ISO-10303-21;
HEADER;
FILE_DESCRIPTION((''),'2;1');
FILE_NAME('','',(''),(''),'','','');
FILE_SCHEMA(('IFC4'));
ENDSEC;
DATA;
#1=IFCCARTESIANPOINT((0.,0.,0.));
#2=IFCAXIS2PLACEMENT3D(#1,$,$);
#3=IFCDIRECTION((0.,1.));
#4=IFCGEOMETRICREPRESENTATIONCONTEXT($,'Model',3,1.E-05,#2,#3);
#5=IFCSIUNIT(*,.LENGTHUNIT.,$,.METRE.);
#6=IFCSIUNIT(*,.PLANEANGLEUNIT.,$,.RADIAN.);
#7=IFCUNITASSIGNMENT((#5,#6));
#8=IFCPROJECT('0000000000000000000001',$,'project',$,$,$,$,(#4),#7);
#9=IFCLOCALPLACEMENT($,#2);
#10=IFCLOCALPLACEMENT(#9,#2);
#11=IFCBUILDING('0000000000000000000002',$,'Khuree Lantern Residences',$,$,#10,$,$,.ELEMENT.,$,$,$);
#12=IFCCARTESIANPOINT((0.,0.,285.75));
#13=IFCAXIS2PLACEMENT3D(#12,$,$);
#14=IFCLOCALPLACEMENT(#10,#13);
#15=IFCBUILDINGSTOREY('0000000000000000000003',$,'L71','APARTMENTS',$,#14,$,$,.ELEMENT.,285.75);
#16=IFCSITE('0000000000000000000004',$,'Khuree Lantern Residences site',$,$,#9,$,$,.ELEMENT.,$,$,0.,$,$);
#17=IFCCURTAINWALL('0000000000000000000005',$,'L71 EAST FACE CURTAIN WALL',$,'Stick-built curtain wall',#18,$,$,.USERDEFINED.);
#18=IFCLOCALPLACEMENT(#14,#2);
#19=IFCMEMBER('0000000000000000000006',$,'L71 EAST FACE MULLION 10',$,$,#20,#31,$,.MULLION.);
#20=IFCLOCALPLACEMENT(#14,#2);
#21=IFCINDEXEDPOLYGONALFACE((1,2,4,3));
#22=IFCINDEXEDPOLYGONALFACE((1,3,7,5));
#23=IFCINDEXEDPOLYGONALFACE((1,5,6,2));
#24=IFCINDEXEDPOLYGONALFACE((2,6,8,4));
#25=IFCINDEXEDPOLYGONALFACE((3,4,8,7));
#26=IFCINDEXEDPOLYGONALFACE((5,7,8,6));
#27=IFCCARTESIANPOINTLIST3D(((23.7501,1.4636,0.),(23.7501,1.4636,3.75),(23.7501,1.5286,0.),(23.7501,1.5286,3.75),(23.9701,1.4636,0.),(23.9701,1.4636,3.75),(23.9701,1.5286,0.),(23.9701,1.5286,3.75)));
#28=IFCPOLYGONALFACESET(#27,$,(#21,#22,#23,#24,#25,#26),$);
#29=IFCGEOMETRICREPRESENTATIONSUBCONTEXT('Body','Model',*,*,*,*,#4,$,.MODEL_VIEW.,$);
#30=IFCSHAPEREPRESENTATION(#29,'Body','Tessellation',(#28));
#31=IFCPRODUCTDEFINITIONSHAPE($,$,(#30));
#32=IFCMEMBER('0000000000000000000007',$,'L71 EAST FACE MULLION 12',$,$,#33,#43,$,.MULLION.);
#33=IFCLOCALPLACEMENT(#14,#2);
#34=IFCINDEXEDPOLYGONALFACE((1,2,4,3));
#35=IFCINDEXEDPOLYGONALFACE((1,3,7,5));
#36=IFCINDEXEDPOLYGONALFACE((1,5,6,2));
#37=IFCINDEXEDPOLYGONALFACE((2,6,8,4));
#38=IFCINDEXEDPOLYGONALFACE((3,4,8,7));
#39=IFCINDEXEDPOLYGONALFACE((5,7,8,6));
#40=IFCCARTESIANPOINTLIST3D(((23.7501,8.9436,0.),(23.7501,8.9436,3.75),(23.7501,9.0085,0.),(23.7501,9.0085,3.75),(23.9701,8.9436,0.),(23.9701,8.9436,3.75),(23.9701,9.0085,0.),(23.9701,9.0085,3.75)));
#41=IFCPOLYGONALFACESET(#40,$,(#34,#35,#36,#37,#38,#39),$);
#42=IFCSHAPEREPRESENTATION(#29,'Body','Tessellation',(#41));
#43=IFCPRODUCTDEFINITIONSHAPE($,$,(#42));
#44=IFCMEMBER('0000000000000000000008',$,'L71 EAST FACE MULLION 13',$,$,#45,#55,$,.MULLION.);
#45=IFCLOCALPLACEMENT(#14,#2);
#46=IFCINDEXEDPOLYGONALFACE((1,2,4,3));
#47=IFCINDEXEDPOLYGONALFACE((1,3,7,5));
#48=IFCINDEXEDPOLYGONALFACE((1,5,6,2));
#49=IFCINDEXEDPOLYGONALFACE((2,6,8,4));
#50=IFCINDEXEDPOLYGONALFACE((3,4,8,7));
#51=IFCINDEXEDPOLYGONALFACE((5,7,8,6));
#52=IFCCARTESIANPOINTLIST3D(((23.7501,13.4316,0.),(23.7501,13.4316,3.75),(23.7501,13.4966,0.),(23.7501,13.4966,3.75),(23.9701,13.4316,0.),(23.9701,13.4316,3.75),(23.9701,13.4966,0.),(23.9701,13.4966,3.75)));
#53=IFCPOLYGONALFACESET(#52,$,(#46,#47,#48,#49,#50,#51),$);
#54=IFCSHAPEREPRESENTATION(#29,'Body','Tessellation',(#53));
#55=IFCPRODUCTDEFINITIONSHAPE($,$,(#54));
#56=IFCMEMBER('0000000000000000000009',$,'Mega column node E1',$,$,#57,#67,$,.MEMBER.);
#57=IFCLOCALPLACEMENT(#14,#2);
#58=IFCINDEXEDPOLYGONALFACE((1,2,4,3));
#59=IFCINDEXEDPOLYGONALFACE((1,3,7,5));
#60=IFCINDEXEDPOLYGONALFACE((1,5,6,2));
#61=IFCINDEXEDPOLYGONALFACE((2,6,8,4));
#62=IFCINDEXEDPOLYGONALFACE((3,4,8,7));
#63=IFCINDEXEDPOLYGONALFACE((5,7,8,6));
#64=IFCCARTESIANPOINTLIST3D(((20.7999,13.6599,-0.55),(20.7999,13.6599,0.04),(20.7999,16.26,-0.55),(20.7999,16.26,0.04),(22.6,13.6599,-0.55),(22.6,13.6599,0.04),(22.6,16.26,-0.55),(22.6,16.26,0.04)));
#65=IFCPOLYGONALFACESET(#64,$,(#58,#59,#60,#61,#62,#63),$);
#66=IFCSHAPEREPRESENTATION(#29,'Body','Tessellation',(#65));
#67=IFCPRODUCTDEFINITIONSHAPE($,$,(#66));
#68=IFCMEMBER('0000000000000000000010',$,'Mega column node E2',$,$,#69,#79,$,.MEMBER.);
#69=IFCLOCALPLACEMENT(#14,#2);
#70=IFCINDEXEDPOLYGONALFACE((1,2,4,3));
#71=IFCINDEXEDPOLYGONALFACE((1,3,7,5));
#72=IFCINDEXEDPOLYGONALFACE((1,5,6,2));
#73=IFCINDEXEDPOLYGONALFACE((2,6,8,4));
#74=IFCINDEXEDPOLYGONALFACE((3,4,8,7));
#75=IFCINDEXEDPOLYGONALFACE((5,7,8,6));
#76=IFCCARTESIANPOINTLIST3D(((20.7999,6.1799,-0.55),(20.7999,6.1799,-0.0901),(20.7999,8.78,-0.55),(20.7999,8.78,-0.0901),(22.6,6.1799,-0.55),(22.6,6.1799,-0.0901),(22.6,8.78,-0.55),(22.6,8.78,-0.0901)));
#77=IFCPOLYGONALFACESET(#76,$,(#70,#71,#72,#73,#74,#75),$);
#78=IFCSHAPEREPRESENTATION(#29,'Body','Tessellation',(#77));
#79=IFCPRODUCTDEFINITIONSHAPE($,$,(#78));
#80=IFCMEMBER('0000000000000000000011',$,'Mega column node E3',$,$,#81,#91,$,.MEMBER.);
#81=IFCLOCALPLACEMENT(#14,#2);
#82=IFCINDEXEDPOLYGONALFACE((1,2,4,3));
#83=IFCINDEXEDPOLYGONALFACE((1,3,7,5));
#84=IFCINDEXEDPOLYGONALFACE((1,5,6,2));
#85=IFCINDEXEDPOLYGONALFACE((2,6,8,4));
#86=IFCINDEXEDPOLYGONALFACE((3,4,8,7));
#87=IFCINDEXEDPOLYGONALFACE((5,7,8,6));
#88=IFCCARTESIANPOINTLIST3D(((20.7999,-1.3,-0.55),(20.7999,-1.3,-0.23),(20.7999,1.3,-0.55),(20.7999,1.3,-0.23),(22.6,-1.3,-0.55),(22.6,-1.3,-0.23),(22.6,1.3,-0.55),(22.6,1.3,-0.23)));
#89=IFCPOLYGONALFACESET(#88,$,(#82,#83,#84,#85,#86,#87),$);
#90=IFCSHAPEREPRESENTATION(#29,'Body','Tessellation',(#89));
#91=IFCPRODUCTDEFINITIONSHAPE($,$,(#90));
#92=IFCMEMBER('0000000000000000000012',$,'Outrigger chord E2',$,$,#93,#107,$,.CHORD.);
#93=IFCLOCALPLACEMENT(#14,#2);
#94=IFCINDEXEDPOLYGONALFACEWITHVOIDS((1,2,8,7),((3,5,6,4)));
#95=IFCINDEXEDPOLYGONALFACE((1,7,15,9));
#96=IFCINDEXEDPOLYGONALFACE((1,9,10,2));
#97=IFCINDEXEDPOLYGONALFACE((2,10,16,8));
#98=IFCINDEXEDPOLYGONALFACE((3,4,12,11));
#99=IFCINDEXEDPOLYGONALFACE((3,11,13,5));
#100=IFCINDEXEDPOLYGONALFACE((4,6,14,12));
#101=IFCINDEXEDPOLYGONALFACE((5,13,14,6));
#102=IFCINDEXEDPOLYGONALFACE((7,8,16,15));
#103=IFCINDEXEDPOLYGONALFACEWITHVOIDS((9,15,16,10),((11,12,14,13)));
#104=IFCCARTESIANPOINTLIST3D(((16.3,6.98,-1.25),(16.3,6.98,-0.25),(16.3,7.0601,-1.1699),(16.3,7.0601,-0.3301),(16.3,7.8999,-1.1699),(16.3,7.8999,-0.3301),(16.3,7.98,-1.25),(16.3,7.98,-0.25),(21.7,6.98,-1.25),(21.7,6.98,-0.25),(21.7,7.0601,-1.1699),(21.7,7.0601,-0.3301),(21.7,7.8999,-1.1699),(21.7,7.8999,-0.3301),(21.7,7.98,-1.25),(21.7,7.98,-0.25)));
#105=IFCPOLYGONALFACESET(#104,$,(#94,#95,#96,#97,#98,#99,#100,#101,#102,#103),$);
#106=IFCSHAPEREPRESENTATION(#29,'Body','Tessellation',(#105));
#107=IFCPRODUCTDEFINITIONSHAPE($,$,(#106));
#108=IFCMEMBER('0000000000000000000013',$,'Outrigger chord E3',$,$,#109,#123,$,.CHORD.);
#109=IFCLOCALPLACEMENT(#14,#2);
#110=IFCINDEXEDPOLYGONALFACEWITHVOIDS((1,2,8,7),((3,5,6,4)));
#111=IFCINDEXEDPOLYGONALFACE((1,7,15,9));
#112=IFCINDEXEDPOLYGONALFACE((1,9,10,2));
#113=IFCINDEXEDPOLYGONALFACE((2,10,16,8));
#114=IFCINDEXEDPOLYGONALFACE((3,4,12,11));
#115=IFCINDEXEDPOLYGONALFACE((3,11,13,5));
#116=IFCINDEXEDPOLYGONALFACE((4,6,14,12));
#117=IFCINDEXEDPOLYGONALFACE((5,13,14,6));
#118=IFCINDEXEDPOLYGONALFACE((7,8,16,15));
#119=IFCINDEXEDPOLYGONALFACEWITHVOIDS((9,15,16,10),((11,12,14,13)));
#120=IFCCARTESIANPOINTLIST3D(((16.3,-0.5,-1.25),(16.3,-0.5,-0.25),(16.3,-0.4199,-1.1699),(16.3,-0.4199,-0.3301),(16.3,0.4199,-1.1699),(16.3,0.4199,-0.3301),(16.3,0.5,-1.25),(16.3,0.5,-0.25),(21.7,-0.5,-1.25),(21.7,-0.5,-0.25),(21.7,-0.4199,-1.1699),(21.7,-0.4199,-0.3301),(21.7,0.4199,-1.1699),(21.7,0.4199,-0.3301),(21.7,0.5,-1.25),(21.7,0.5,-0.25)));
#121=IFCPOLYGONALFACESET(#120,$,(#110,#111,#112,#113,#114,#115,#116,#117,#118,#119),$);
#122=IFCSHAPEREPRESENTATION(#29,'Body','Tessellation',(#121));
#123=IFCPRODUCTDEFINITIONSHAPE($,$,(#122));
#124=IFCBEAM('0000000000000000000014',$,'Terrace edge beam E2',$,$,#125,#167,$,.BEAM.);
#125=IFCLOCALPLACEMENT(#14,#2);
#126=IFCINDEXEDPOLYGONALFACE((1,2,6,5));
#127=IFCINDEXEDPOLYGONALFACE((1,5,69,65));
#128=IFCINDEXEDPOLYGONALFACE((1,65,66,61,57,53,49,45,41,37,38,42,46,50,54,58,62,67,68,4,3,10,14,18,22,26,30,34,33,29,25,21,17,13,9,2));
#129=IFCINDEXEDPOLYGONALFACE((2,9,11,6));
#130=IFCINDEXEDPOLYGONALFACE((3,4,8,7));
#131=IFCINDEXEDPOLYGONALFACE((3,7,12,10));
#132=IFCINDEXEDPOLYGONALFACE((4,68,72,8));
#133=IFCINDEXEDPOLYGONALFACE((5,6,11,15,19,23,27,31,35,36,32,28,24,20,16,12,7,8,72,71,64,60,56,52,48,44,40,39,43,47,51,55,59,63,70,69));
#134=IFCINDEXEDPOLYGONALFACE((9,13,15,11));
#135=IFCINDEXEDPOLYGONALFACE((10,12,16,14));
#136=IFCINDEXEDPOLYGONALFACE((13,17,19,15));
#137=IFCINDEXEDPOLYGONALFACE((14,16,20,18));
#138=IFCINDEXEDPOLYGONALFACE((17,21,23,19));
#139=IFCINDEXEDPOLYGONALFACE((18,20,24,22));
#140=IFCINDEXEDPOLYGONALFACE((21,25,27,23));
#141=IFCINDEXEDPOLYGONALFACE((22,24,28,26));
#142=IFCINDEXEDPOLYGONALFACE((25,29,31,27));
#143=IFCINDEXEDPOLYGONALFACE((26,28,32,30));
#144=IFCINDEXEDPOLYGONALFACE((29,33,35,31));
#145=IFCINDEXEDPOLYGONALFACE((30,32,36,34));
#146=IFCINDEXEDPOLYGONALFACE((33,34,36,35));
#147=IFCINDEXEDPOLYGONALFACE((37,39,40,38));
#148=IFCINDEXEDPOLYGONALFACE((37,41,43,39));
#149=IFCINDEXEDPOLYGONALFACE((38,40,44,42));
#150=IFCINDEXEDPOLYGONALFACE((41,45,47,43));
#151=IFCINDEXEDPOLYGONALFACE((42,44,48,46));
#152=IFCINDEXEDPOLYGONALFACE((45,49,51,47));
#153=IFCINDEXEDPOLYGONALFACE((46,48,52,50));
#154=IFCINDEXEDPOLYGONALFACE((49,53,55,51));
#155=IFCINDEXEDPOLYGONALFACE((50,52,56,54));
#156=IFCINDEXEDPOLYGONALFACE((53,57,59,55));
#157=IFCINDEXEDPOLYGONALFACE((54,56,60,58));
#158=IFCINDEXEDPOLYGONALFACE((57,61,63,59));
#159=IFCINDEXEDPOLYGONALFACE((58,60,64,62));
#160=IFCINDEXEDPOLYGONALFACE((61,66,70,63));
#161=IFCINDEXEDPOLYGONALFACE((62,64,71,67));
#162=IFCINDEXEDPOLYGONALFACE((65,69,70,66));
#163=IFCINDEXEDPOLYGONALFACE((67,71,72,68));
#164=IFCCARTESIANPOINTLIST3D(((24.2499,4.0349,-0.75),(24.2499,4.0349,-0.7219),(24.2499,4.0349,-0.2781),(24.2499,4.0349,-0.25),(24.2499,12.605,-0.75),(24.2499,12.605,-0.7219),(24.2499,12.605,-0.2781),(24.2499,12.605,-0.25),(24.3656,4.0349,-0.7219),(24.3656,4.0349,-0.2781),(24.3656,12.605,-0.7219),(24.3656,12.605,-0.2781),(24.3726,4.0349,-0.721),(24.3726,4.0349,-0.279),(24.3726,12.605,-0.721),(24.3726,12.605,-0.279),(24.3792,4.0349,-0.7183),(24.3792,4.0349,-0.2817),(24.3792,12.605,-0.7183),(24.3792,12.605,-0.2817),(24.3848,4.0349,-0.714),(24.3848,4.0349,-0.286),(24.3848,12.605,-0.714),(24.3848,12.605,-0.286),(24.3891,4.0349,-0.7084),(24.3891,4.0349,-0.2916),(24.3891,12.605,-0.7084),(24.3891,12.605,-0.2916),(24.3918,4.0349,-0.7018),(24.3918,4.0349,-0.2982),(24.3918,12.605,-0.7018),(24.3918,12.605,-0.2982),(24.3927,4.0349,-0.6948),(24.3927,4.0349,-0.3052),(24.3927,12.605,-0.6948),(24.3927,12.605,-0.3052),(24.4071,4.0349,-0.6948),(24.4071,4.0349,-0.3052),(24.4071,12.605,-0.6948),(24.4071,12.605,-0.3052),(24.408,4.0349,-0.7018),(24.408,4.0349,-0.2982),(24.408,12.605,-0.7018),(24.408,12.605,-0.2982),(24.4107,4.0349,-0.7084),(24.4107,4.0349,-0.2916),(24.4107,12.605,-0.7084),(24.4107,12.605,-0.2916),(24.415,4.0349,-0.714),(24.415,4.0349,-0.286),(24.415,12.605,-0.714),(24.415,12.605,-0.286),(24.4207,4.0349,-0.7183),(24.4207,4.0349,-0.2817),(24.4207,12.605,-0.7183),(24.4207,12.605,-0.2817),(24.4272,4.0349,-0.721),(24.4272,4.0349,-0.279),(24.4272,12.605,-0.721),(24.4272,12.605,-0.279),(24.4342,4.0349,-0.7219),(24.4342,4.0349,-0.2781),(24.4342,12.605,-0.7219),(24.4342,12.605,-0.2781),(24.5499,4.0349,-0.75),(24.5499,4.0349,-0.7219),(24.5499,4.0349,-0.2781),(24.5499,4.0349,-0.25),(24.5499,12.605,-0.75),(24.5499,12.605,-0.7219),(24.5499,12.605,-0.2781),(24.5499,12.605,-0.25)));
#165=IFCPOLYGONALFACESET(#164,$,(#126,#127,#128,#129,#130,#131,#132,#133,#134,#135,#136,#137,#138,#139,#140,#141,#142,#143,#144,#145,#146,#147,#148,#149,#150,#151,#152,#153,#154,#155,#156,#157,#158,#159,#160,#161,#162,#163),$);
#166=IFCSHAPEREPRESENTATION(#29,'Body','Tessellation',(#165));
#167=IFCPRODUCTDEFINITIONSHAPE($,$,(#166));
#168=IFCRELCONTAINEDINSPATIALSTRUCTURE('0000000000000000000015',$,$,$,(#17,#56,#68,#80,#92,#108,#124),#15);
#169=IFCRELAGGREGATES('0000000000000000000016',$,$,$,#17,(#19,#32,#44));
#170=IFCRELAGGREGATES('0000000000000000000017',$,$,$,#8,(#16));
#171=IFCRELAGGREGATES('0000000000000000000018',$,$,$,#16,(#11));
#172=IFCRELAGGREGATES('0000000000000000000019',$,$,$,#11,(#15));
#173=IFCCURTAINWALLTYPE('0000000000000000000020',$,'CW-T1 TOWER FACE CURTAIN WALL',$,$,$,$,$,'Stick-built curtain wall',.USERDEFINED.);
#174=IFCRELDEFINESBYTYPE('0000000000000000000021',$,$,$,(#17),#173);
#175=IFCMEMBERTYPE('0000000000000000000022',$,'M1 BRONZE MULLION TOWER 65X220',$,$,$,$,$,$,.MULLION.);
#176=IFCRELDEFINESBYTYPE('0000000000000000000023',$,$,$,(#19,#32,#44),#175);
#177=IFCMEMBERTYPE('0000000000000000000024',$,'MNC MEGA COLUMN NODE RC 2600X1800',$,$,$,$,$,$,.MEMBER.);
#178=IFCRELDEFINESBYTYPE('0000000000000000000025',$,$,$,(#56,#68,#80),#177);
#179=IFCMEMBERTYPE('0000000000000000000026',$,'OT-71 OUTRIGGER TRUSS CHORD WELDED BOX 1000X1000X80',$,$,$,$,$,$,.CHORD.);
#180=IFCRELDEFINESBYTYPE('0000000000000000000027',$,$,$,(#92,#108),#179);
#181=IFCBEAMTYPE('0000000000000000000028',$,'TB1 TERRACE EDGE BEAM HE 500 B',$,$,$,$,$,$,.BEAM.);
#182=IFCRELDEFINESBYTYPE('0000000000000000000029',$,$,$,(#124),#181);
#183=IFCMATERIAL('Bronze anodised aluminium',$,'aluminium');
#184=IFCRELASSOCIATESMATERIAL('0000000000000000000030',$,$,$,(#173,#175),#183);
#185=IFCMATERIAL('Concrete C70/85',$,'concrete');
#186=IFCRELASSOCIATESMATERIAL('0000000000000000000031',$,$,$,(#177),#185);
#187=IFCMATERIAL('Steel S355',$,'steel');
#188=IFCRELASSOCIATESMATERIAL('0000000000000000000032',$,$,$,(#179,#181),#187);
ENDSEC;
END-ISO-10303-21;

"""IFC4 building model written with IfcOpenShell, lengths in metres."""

from ifc_helpers import new_model, si_unit, direction, frame, origin, origin_2d, place, context, subcontext, project, spatial, rectangle, hollow_rectangle, i_section, extrude, material, material_profile, profile_set, type_object, element, aggregate, save


model = new_model("IFC4")

# Units and contexts
model_context = context("Model", 3, precision=1e-05, world=origin(), true_north=direction((0.0, 1.0)))
body_context = subcontext(model_context, "Body", "Model", "MODEL_VIEW")
ifc_project = project(units=[si_unit("LENGTHUNIT", "METRE"), si_unit("PLANEANGLEUNIT", "RADIAN")], contexts=[model_context])

# Site, building, storey
site_placement = place(None, origin())
site = spatial("IfcSite", under=ifc_project, at=site_placement, Name="Khuree Lantern Residences site", CompositionType="ELEMENT", RefElevation=0.0)
building_placement = place(site_placement, origin())
building = spatial("IfcBuilding", under=site, at=building_placement, Name="Khuree Lantern Residences", CompositionType="ELEMENT")
storey_placement = place(building_placement, frame((0.0, 0.0, 285.75)))
storey = spatial("IfcBuildingStorey", under=building, at=storey_placement, Name="L71", Description="APARTMENTS", CompositionType="ELEMENT", Elevation=285.75)

# Shared definitions
ifc_material_1 = material(Name="Concrete C70/85", Category="concrete")

# Shared definitions
ifc_material_2 = material(Name="Steel S355", Category="steel")

# Curtain wall, members
ifc_material_3 = material(Name="Bronze anodised aluminium", Category="aluminium")
curtain_wall_type = type_object("IfcCurtainWallType", Name="CW-T1 TOWER FACE CURTAIN WALL", ElementType="Stick-built curtain wall", PredefinedType="USERDEFINED", material=ifc_material_3)
curtain_wall_placement = place(storey_placement, origin())
curtain_wall = element("IfcCurtainWall", 1, at=curtain_wall_placement, inside=storey, type_object=curtain_wall_type, Name="L71 EAST FACE CURTAIN WALL", ObjectType="Stick-built curtain wall", PredefinedType="USERDEFINED")
ifc_material_profile_1 = material_profile(ifc_material_3, rectangle(XDim=0.0649, YDim=0.22, at=origin_2d()), Name="M1 65X220")
ifc_profile_set_1 = profile_set([ifc_material_profile_1], Name="Bronze anodised aluminium")
member_type_1 = type_object("IfcMemberType", Name="M1 BRONZE MULLION TOWER 65X220", PredefinedType="MULLION", material=ifc_profile_set_1)
member_1_placement = place(storey_placement, frame((23.8601, 1.4961, 0.0), z_axis=(0.0, 0.0, 1.0), x_axis=(0.0, 1.0, 0.0)))
member_1 = element("IfcMember", 2, at=member_1_placement, type_object=member_type_1, Name="L71 EAST FACE MULLION 10", PredefinedType="MULLION", context=body_context, shape_type="SweptSolid", body=[
    extrude(rectangle(XDim=0.0649, YDim=0.22, at=origin_2d()), origin(), (0.0, 0.0, 1.0), 3.75),
])
member_2_placement = place(storey_placement, frame((23.8601, 8.9761, 0.0), z_axis=(0.0, 0.0, 1.0), x_axis=(0.0, 1.0, 0.0)))
member_2 = element("IfcMember", 3, at=member_2_placement, type_object=member_type_1, Name="L71 EAST FACE MULLION 12", PredefinedType="MULLION", context=body_context, shape_type="SweptSolid", body=[
    extrude(rectangle(XDim=0.0649, YDim=0.22, at=origin_2d()), origin(), (0.0, 0.0, 1.0), 3.75),
])
member_3_placement = place(storey_placement, frame((23.8601, 13.4641, 0.0), z_axis=(0.0, 0.0, 1.0), x_axis=(0.0, 1.0, 0.0)))
member_3 = element("IfcMember", 4, at=member_3_placement, type_object=member_type_1, Name="L71 EAST FACE MULLION 13", PredefinedType="MULLION", context=body_context, shape_type="SweptSolid", body=[
    extrude(rectangle(XDim=0.0649, YDim=0.22, at=origin_2d()), origin(), (0.0, 0.0, 1.0), 3.75),
])

# Members
ifc_material_profile_2 = material_profile(ifc_material_1, rectangle(XDim=2.6001, YDim=1.8, at=origin_2d()), Name="RC 2600X1800")
ifc_profile_set_2 = profile_set([ifc_material_profile_2], Name="Concrete C70/85")
member_type_2 = type_object("IfcMemberType", Name="MNC MEGA COLUMN NODE RC 2600X1800", PredefinedType="MEMBER", material=ifc_profile_set_2)
member_4_placement = place(storey_placement, frame((21.7, 14.96, -0.55), z_axis=(0.0, 0.0, 1.0), x_axis=(0.0, 1.0, 0.0)))
element("IfcMember", 5, at=member_4_placement, inside=storey, type_object=member_type_2, Name="Mega column node E1", PredefinedType="MEMBER", context=body_context, shape_type="SweptSolid", body=[
    extrude(rectangle(XDim=2.6001, YDim=1.8, at=origin_2d()), origin(), (0.0, 0.0, 1.0), 0.5901),
])
member_5_placement = place(storey_placement, frame((21.7, 7.48, -0.55), z_axis=(0.0, 0.0, 1.0), x_axis=(0.0, 1.0, 0.0)))
element("IfcMember", 6, at=member_5_placement, inside=storey, type_object=member_type_2, Name="Mega column node E2", PredefinedType="MEMBER", context=body_context, shape_type="SweptSolid", body=[
    extrude(rectangle(XDim=2.6001, YDim=1.8, at=origin_2d()), origin(), (0.0, 0.0, 1.0), 0.46),
])
member_6_placement = place(storey_placement, frame((21.7, 0.0, -0.55), z_axis=(0.0, 0.0, 1.0), x_axis=(0.0, 1.0, 0.0)))
element("IfcMember", 7, at=member_6_placement, inside=storey, type_object=member_type_2, Name="Mega column node E3", PredefinedType="MEMBER", context=body_context, shape_type="SweptSolid", body=[
    extrude(rectangle(XDim=2.6001, YDim=1.8, at=origin_2d()), origin(), (0.0, 0.0, 1.0), 0.3201),
])
ifc_material_profile_3 = material_profile(ifc_material_2, hollow_rectangle(XDim=1.0, YDim=1.0, WallThickness=0.0801, at=origin_2d()), Name="WELDED BOX 1000X1000X80")
ifc_profile_set_3 = profile_set([ifc_material_profile_3], Name="Steel S355")
member_type_3 = type_object("IfcMemberType", Name="OT-71 OUTRIGGER TRUSS CHORD WELDED BOX 1000X1000X80", PredefinedType="CHORD", material=ifc_profile_set_3)
for number, where, z_axis, x_axis, name in (
    (8, (21.7, 7.48, -0.75), (-1.0, 0.0, 0.0), (0.0, -1.0, 0.0), "Outrigger chord E2"),
    (9, (21.7, 0.0, -0.75), (-1.0, 0.0, 0.0), (0.0, -1.0, 0.0), "Outrigger chord E3"),
):
    element("IfcMember", number, at=place(storey_placement, frame(where, z_axis=z_axis, x_axis=x_axis)), inside=storey, type_object=member_type_3, Name=name, PredefinedType="CHORD", context=body_context, shape_type="SweptSolid", body=[
        extrude(hollow_rectangle(XDim=1.0, YDim=1.0, WallThickness=0.0801, at=origin_2d()), origin(), (0.0, 0.0, 1.0), 5.3999),
    ])

# Beam
ifc_material_profile_4 = material_profile(ifc_material_2, i_section(OverallWidth=0.3, OverallDepth=0.5, WebThickness=0.0144, FlangeThickness=0.0281, FilletRadius=0.0271, at=origin_2d()), Name="HE 500 B")
ifc_profile_set_4 = profile_set([ifc_material_profile_4], Name="Steel S355")
beam_type_1 = type_object("IfcBeamType", Name="TB1 TERRACE EDGE BEAM HE 500 B", PredefinedType="BEAM", material=ifc_profile_set_4)
beam_1_placement = place(storey_placement, frame((24.3999, 12.605, -0.5), z_axis=(0.0, -1.0, 0.0), x_axis=(1.0, 0.0, 0.0)))
element("IfcBeam", 10, at=beam_1_placement, inside=storey, type_object=beam_type_1, Name="Terrace edge beam E2", PredefinedType="BEAM", context=body_context, shape_type="SweptSolid", body=[
    extrude(i_section(OverallWidth=0.3, OverallDepth=0.5, WebThickness=0.0144, FlangeThickness=0.0281, FilletRadius=0.0271, at=origin_2d()), origin(), (0.0, 0.0, 1.0), 8.5701),
])

aggregate(curtain_wall, [member_1, member_2, member_3])

save(model, "model.ifc")
